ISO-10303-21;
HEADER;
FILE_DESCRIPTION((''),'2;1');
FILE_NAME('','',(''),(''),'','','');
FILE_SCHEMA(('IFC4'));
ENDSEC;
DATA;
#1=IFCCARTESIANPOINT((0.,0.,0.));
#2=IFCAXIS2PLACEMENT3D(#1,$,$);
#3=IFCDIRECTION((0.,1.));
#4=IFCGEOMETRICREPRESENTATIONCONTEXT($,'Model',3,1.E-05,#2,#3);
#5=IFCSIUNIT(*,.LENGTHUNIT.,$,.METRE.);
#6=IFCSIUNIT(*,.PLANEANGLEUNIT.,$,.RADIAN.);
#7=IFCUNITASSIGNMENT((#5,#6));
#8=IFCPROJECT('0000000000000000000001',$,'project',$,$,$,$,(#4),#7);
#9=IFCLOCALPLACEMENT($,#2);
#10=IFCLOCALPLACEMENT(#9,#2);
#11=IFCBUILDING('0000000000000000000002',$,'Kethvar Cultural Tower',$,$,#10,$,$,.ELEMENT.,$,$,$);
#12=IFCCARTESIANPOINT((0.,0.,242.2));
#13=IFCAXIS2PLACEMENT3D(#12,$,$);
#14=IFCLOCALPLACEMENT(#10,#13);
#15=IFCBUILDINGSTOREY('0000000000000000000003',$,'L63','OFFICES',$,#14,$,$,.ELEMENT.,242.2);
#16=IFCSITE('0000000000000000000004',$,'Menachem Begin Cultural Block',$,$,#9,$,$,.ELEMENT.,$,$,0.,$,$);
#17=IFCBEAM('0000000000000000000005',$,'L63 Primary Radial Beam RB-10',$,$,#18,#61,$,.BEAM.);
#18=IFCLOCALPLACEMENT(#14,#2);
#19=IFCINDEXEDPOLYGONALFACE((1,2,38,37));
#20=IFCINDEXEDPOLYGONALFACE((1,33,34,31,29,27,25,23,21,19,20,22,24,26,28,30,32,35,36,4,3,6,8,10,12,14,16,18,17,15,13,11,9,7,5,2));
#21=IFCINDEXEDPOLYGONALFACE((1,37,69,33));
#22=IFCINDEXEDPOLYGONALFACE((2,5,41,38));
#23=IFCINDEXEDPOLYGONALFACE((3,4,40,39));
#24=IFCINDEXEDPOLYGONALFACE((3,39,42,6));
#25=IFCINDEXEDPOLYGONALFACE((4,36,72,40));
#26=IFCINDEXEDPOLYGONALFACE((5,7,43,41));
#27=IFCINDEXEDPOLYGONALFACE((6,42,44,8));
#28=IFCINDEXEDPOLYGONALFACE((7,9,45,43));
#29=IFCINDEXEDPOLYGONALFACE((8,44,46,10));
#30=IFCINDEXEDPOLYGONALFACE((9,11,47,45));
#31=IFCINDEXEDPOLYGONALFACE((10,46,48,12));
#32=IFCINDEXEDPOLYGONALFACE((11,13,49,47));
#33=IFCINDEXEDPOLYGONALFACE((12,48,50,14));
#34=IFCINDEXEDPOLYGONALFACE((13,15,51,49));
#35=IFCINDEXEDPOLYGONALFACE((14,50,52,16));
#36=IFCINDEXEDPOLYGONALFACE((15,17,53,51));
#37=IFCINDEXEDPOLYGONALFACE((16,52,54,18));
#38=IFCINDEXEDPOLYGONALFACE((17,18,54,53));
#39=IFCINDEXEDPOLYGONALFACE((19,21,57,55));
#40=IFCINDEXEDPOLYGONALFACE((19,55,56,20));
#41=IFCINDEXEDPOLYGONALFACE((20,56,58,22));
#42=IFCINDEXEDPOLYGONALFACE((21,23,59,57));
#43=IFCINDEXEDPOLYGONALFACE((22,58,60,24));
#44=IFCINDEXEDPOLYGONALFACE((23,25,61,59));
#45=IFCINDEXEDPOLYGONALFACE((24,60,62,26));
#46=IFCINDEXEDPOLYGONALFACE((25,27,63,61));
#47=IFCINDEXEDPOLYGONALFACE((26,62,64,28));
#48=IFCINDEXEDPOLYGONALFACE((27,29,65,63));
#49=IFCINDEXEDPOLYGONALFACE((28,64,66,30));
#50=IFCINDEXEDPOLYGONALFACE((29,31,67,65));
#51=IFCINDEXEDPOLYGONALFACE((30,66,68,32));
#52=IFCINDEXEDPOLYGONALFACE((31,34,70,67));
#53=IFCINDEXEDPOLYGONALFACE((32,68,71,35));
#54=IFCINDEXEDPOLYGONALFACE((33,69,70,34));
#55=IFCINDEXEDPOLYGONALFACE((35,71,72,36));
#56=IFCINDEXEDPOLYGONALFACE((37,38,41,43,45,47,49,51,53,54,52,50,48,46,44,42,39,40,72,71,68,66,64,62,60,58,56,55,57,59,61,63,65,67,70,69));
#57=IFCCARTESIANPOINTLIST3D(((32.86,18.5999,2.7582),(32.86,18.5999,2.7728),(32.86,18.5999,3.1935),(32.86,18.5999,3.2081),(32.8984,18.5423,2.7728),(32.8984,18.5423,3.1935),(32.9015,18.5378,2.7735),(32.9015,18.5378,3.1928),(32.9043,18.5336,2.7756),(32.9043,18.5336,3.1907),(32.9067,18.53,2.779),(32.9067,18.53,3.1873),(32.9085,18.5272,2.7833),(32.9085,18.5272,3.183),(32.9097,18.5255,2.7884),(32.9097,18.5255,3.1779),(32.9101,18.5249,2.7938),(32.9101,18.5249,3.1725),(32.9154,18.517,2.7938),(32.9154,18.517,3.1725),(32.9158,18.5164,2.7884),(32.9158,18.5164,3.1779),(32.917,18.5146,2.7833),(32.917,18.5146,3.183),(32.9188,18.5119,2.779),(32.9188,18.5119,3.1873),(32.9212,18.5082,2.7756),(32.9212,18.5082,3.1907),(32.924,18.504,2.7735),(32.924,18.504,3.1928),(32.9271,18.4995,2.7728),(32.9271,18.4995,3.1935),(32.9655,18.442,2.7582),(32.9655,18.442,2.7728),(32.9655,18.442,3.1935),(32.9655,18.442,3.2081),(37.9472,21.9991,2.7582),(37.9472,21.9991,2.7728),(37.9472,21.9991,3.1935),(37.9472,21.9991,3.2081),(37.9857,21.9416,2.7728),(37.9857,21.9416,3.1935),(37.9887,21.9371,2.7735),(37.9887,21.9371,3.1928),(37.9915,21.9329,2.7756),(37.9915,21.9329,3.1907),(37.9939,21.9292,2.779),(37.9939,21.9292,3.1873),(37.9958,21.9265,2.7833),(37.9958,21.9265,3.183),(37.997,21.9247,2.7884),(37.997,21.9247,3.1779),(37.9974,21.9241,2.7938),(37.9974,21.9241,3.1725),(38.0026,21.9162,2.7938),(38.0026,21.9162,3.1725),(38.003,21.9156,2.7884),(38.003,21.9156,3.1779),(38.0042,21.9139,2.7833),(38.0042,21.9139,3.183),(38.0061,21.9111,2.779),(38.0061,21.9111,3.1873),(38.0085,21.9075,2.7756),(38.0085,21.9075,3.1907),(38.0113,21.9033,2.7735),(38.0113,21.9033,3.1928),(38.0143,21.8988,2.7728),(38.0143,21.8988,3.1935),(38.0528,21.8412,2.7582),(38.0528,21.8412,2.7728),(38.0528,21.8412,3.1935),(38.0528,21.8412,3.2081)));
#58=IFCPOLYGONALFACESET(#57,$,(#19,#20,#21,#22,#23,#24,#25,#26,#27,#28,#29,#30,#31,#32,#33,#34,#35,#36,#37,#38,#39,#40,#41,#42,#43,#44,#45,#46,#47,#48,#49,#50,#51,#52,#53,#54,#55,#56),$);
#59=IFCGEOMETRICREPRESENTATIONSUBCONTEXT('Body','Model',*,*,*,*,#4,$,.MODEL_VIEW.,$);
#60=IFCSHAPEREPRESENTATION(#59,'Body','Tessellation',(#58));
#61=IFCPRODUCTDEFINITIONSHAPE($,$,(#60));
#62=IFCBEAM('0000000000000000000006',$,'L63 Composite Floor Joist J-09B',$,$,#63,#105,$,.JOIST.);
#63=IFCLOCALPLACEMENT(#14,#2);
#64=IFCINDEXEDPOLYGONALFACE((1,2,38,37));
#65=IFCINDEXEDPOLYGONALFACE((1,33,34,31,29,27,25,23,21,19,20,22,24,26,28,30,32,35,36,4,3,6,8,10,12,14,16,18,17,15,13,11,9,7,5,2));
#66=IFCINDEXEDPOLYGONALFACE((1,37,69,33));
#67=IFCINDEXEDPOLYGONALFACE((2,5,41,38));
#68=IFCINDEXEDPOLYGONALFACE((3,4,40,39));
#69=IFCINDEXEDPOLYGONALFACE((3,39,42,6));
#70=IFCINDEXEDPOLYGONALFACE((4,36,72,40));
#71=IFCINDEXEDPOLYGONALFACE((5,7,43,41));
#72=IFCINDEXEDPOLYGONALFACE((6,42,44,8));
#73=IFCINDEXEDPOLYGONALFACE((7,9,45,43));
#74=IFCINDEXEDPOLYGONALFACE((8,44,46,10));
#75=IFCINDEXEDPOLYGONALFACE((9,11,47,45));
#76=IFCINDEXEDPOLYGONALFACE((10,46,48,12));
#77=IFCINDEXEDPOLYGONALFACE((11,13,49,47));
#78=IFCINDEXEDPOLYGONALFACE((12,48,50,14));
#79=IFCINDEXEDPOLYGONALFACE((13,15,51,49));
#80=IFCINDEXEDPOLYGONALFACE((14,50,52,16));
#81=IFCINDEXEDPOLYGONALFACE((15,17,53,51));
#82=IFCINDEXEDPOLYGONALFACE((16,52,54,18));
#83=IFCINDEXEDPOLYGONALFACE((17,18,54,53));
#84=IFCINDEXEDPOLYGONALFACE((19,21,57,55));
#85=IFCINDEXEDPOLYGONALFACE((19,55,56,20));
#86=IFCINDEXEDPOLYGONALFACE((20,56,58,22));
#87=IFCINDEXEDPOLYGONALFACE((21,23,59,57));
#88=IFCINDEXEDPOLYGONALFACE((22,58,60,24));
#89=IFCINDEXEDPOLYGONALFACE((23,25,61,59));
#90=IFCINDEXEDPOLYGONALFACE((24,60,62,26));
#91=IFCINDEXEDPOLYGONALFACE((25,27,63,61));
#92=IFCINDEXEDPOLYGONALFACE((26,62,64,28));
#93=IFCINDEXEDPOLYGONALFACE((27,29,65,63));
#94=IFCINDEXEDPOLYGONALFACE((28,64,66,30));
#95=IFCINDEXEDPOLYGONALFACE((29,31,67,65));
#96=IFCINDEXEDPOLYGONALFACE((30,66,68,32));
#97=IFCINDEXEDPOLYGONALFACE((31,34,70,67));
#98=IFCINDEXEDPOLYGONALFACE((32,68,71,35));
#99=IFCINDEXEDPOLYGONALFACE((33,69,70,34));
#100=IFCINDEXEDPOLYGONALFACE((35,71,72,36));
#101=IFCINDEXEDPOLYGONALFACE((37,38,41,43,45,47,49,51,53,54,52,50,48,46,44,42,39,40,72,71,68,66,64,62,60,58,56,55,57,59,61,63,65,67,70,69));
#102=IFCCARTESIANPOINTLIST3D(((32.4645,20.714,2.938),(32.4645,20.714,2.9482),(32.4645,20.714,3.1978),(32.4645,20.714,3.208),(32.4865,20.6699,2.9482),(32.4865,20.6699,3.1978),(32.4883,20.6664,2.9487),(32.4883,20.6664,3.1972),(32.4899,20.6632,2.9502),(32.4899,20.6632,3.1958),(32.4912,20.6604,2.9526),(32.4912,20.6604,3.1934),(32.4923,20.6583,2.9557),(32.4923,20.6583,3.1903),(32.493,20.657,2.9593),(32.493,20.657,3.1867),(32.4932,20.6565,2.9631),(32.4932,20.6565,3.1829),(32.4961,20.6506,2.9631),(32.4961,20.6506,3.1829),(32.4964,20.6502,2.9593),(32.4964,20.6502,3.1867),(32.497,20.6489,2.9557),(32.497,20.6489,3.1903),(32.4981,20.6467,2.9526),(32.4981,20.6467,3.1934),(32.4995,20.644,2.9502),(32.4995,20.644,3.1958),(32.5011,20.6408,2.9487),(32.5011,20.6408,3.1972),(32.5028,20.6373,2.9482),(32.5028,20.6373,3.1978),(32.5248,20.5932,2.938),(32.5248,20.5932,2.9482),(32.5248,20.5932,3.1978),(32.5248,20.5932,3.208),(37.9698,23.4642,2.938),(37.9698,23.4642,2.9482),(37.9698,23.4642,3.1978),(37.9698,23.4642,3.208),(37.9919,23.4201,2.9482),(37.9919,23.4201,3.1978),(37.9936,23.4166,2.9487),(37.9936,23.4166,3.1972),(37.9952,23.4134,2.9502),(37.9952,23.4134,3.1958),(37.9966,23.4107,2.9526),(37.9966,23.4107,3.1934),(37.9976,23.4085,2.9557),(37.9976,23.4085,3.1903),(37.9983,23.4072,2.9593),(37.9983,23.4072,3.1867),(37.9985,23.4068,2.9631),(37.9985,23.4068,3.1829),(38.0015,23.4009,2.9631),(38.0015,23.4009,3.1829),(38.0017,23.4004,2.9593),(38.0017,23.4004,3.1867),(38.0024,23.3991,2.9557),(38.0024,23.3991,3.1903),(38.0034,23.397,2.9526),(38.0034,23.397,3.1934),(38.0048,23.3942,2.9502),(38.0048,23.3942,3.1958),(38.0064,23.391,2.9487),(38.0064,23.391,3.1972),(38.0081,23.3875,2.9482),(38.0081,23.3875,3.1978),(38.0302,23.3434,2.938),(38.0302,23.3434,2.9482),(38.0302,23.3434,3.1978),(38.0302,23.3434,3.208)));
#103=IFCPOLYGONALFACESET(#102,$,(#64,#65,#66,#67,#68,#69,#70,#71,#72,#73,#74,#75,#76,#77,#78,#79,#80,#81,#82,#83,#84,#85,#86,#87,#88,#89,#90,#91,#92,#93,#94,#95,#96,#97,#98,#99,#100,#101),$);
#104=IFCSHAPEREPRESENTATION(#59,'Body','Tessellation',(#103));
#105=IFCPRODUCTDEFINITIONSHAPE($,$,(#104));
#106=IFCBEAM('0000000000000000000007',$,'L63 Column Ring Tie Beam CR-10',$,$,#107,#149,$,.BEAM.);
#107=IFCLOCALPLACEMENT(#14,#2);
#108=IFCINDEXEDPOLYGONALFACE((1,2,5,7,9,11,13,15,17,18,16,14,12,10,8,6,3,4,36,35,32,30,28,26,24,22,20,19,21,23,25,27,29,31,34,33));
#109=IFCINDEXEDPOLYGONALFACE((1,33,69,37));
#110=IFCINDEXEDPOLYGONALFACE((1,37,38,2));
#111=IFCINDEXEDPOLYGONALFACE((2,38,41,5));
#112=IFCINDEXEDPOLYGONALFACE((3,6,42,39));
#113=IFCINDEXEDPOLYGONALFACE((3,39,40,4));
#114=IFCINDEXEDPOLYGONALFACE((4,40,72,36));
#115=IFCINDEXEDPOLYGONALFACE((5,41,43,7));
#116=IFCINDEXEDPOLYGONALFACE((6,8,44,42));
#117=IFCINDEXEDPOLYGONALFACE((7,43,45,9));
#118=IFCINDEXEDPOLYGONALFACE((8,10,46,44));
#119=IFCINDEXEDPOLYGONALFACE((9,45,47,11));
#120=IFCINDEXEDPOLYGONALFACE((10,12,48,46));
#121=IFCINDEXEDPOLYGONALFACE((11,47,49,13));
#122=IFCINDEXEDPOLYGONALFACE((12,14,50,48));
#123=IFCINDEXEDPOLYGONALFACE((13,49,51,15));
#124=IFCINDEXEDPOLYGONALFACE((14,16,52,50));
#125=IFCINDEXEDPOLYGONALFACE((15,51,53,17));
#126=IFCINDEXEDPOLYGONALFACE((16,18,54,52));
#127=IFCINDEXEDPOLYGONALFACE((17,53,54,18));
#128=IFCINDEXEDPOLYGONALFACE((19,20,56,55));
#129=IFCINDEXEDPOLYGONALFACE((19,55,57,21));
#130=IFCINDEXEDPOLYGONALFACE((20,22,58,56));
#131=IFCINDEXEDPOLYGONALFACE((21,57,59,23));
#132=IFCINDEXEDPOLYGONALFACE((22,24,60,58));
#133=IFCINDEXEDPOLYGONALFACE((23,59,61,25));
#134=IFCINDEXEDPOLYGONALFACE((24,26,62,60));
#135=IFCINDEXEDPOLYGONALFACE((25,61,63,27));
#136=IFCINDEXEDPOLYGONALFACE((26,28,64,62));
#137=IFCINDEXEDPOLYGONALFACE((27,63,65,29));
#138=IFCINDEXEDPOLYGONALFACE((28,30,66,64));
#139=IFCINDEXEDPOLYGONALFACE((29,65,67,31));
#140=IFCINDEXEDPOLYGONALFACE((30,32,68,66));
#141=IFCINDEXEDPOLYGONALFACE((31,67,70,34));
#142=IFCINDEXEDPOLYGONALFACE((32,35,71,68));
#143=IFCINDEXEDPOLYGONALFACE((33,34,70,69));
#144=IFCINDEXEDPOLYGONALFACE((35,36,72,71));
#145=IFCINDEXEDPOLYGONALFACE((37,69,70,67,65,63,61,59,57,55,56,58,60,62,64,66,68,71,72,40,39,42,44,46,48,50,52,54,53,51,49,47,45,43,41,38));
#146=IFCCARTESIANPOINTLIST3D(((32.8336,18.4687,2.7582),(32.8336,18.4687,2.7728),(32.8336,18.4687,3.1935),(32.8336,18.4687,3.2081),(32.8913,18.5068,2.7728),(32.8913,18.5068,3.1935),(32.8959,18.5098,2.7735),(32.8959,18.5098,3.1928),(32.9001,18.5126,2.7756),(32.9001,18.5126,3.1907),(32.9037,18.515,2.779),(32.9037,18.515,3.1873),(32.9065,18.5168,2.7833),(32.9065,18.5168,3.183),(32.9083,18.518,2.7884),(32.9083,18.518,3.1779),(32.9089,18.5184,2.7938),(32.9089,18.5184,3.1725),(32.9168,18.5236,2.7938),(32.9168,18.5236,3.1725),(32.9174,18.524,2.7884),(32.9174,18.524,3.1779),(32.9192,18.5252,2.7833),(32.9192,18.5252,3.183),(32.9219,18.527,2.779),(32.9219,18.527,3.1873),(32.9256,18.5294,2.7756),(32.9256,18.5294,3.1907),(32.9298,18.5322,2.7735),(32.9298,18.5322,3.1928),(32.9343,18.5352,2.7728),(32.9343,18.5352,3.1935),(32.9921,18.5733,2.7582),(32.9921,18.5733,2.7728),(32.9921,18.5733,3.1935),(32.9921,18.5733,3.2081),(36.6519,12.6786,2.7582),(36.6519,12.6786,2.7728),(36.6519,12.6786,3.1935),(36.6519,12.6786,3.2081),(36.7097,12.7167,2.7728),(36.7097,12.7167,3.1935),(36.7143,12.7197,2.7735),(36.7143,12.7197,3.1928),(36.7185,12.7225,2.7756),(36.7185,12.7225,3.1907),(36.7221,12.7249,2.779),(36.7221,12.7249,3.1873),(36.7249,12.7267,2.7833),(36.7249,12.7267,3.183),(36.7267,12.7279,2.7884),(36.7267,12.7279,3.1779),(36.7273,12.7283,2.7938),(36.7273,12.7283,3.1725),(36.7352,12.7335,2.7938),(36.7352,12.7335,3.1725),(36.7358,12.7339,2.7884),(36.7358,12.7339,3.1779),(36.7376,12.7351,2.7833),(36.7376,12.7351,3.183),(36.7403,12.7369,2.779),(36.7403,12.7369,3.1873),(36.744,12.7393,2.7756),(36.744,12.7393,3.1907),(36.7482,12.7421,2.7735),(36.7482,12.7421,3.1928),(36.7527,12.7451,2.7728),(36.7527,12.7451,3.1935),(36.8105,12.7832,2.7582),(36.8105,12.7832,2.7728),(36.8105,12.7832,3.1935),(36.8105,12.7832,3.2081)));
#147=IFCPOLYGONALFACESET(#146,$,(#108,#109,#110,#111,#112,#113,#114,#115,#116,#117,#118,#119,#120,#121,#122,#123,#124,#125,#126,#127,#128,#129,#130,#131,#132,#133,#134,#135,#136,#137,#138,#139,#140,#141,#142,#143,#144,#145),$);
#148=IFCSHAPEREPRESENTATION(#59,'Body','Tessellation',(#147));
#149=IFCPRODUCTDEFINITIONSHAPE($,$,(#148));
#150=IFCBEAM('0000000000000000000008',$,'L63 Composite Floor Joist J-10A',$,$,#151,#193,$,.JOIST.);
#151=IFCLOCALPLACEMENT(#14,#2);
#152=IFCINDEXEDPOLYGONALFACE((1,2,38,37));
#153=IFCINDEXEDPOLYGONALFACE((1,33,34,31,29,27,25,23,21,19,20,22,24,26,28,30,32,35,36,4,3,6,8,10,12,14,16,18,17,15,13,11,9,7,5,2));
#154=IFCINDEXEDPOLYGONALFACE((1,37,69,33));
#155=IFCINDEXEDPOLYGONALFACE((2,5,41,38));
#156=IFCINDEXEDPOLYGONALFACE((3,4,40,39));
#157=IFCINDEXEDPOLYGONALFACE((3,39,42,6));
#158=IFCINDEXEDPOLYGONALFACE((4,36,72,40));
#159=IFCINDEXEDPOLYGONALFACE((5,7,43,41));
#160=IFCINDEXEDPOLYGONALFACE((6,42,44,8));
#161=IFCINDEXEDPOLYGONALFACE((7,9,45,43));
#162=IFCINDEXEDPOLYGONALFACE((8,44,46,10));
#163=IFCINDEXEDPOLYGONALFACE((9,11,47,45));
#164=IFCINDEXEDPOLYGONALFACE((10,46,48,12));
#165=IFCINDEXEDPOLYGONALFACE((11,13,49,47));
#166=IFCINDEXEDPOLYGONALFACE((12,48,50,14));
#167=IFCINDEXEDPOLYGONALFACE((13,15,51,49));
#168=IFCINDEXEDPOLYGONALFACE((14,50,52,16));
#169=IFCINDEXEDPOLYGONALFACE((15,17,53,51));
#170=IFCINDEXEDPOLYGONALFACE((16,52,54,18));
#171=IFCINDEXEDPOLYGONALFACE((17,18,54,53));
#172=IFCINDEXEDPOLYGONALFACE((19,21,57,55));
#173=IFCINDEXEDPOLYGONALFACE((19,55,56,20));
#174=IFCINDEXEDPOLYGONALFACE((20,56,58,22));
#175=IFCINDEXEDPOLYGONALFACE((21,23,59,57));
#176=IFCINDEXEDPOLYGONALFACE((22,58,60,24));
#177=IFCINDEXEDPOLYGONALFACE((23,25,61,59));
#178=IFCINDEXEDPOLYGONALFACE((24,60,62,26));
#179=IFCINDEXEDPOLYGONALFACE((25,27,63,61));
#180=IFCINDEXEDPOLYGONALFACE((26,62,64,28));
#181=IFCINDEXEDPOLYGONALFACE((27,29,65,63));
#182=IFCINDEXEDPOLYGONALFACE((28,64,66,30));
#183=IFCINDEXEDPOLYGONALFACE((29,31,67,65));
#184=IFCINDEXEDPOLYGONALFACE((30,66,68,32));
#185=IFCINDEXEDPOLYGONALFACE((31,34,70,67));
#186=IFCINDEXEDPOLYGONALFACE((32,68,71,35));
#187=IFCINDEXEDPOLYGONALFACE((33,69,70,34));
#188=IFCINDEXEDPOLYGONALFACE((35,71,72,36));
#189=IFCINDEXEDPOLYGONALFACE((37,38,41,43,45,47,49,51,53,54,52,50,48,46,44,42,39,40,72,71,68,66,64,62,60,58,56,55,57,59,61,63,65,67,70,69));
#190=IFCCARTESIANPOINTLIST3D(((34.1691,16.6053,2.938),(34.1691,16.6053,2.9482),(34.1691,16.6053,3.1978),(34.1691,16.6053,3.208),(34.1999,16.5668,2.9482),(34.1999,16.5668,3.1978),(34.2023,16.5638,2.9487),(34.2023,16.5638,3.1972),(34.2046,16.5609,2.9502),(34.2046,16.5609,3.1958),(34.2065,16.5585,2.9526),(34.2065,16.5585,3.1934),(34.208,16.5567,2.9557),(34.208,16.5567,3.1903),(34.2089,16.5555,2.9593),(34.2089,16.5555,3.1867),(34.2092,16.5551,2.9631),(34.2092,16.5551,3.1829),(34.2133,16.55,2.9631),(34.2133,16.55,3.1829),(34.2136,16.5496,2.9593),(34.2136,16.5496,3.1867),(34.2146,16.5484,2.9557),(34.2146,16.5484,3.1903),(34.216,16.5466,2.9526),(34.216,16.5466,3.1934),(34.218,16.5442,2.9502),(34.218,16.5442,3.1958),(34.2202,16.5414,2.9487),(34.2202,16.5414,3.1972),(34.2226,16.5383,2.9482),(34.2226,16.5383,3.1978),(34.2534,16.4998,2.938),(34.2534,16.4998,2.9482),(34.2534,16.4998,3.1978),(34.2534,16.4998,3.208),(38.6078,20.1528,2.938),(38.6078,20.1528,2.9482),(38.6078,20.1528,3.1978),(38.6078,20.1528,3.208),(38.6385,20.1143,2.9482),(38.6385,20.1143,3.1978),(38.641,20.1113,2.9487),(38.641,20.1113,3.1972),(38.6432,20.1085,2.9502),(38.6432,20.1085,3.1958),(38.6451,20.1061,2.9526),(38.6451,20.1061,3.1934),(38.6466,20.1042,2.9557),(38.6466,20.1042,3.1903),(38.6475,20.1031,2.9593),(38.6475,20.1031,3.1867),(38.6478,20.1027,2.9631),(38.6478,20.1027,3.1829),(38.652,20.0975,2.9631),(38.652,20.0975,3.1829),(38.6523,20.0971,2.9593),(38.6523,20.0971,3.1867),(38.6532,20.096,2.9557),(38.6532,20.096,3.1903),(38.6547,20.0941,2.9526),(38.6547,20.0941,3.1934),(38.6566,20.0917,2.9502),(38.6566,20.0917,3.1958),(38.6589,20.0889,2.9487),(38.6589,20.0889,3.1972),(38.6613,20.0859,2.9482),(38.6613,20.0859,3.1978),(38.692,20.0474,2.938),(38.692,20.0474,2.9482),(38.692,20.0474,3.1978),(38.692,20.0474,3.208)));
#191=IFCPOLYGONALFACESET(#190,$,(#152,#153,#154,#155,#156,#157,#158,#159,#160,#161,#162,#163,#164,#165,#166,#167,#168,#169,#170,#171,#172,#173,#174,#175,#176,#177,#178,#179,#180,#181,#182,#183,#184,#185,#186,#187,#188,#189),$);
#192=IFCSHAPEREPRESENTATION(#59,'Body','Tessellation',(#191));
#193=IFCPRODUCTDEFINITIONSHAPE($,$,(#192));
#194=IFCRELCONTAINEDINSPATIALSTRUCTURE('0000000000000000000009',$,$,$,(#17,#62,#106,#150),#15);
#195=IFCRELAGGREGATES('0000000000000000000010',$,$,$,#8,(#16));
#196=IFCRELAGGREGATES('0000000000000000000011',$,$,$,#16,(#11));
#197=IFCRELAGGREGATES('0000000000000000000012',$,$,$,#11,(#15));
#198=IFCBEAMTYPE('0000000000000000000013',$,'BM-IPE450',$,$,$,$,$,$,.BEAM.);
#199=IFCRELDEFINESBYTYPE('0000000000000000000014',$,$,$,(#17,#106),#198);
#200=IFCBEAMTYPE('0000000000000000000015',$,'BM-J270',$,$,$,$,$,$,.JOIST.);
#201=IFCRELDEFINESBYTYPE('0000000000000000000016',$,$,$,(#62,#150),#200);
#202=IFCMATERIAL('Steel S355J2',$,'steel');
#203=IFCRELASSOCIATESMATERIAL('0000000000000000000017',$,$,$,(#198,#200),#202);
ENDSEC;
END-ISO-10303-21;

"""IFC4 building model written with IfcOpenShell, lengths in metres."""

from ifc_helpers import new_model, si_unit, direction, frame, origin, origin_2d, place, context, subcontext, project, spatial, i_section, extrude, source, transform, mapped, material, material_profile, profile_set, type_object, element, save


model = new_model("IFC4")

# Units and contexts
model_context = context("Model", 3, precision=1e-05, world=origin(), true_north=direction((0.0, 1.0)))
body_context = subcontext(model_context, "Body", "Model", "MODEL_VIEW")
ifc_project = project(units=[si_unit("LENGTHUNIT", "METRE"), si_unit("PLANEANGLEUNIT", "RADIAN")], contexts=[model_context])

# Site, building, storey
site_placement = place(None, origin())
site = spatial("IfcSite", under=ifc_project, at=site_placement, Name="Menachem Begin Cultural Block", CompositionType="ELEMENT", RefElevation=0.0)
building_placement = place(site_placement, origin())
building = spatial("IfcBuilding", under=site, at=building_placement, Name="Kethvar Cultural Tower", CompositionType="ELEMENT")
storey_placement = place(building_placement, frame((0.0, 0.0, 242.2)))
storey = spatial("IfcBuildingStorey", under=building, at=storey_placement, Name="L63", Description="OFFICES", CompositionType="ELEMENT", Elevation=242.2)

# Beams
ifc_material_1 = material(Name="Steel S355J2", Category="steel")
ifc_material_profile_1 = material_profile(ifc_material_1, i_section(OverallWidth=0.1899, OverallDepth=0.45, WebThickness=0.0095, FlangeThickness=0.0146, FilletRadius=0.021, at=origin_2d()), Name="Steel S355J2 — IPE450")
ifc_profile_set_1 = profile_set([ifc_material_profile_1], Name="Steel S355J2 — IPE450")
beam_type_1 = type_object("IfcBeamType", Name="BM-IPE450", PredefinedType="BEAM", material=ifc_profile_set_1)
shared_shape_1 = source(origin(), body_context, "Body", "SweptSolid", [
    extrude(i_section(OverallWidth=0.1899, OverallDepth=0.45, WebThickness=0.0095, FlangeThickness=0.0146, FilletRadius=0.021, at=origin_2d()), origin(), (0.0, 0.0, 1.0), 6.1184),
])
beam_1_placement = place(storey_placement, frame((38.0, 21.9202, 2.9832), z_axis=(-0.831467, -0.555575, 0.0), x_axis=(0.555575, -0.831467, 0.0)))
element("IfcBeam", 1, at=beam_1_placement, inside=storey, type_object=beam_type_1, Name="L63 Primary Radial Beam RB-10", PredefinedType="BEAM", context=body_context, shape_type="MappedRepresentation", body=[
    mapped(shared_shape_1, transform((0.0, 0.0, 0.0), scale=1.0)),
])
ifc_material_profile_2 = material_profile(ifc_material_1, i_section(OverallWidth=0.135, OverallDepth=0.27, WebThickness=0.0066, FlangeThickness=0.0103, FilletRadius=0.0149, at=origin_2d()), Name="Steel S355J2 — IPE270")
ifc_profile_set_2 = profile_set([ifc_material_profile_2], Name="Steel S355J2 — IPE270")
beam_type_2 = type_object("IfcBeamType", Name="BM-J270", PredefinedType="JOIST", material=ifc_profile_set_2)
shared_shape_2 = source(origin(), body_context, "Body", "SweptSolid", [
    extrude(i_section(OverallWidth=0.135, OverallDepth=0.27, WebThickness=0.0066, FlangeThickness=0.0103, FilletRadius=0.0149, at=origin_2d()), origin(), (0.0, 0.0, 1.0), 6.1541),
])
beam_2_placement = place(storey_placement, frame((38.0, 23.4038, 3.073), z_axis=(-0.894586, -0.446896, 0.0), x_axis=(0.446896, -0.894586, 0.0)))
element("IfcBeam", 2, at=beam_2_placement, inside=storey, type_object=beam_type_2, Name="L63 Composite Floor Joist J-09B", PredefinedType="JOIST", context=body_context, shape_type="MappedRepresentation", body=[
    mapped(shared_shape_2, transform((0.0, 0.0, 0.0), scale=1.0)),
])
shared_shape_3 = source(origin(), body_context, "Body", "SweptSolid", [
    extrude(i_section(OverallWidth=0.1899, OverallDepth=0.45, WebThickness=0.0095, FlangeThickness=0.0146, FilletRadius=0.021, at=origin_2d()), origin(), (0.0, 0.0, 1.0), 6.9358),
])
beam_3_placement = place(storey_placement, frame((32.9128, 18.521, 2.9832), z_axis=(0.550534, -0.834813, 0.0), x_axis=(0.834813, 0.550534, 0.0)))
element("IfcBeam", 3, at=beam_3_placement, inside=storey, type_object=beam_type_1, Name="L63 Column Ring Tie Beam CR-10", PredefinedType="BEAM", context=body_context, shape_type="MappedRepresentation", body=[
    mapped(shared_shape_3, transform((0.0, 0.0, 0.0), scale=1.0)),
])
shared_shape_4 = source(origin(), body_context, "Body", "SweptSolid", [
    extrude(i_section(OverallWidth=0.135, OverallDepth=0.27, WebThickness=0.0066, FlangeThickness=0.0103, FilletRadius=0.0149, at=origin_2d()), origin(), (0.0, 0.0, 1.0), 5.6821),
])
beam_4_placement = place(storey_placement, frame((38.6499, 20.1001, 3.073), z_axis=(-0.781158, -0.624333, 0.0), x_axis=(0.624333, -0.781158, 0.0)))
element("IfcBeam", 4, at=beam_4_placement, inside=storey, type_object=beam_type_2, Name="L63 Composite Floor Joist J-10A", PredefinedType="JOIST", context=body_context, shape_type="MappedRepresentation", body=[
    mapped(shared_shape_4, transform((0.0, 0.0, 0.0), scale=1.0)),
])

save(model, "model.ifc")
